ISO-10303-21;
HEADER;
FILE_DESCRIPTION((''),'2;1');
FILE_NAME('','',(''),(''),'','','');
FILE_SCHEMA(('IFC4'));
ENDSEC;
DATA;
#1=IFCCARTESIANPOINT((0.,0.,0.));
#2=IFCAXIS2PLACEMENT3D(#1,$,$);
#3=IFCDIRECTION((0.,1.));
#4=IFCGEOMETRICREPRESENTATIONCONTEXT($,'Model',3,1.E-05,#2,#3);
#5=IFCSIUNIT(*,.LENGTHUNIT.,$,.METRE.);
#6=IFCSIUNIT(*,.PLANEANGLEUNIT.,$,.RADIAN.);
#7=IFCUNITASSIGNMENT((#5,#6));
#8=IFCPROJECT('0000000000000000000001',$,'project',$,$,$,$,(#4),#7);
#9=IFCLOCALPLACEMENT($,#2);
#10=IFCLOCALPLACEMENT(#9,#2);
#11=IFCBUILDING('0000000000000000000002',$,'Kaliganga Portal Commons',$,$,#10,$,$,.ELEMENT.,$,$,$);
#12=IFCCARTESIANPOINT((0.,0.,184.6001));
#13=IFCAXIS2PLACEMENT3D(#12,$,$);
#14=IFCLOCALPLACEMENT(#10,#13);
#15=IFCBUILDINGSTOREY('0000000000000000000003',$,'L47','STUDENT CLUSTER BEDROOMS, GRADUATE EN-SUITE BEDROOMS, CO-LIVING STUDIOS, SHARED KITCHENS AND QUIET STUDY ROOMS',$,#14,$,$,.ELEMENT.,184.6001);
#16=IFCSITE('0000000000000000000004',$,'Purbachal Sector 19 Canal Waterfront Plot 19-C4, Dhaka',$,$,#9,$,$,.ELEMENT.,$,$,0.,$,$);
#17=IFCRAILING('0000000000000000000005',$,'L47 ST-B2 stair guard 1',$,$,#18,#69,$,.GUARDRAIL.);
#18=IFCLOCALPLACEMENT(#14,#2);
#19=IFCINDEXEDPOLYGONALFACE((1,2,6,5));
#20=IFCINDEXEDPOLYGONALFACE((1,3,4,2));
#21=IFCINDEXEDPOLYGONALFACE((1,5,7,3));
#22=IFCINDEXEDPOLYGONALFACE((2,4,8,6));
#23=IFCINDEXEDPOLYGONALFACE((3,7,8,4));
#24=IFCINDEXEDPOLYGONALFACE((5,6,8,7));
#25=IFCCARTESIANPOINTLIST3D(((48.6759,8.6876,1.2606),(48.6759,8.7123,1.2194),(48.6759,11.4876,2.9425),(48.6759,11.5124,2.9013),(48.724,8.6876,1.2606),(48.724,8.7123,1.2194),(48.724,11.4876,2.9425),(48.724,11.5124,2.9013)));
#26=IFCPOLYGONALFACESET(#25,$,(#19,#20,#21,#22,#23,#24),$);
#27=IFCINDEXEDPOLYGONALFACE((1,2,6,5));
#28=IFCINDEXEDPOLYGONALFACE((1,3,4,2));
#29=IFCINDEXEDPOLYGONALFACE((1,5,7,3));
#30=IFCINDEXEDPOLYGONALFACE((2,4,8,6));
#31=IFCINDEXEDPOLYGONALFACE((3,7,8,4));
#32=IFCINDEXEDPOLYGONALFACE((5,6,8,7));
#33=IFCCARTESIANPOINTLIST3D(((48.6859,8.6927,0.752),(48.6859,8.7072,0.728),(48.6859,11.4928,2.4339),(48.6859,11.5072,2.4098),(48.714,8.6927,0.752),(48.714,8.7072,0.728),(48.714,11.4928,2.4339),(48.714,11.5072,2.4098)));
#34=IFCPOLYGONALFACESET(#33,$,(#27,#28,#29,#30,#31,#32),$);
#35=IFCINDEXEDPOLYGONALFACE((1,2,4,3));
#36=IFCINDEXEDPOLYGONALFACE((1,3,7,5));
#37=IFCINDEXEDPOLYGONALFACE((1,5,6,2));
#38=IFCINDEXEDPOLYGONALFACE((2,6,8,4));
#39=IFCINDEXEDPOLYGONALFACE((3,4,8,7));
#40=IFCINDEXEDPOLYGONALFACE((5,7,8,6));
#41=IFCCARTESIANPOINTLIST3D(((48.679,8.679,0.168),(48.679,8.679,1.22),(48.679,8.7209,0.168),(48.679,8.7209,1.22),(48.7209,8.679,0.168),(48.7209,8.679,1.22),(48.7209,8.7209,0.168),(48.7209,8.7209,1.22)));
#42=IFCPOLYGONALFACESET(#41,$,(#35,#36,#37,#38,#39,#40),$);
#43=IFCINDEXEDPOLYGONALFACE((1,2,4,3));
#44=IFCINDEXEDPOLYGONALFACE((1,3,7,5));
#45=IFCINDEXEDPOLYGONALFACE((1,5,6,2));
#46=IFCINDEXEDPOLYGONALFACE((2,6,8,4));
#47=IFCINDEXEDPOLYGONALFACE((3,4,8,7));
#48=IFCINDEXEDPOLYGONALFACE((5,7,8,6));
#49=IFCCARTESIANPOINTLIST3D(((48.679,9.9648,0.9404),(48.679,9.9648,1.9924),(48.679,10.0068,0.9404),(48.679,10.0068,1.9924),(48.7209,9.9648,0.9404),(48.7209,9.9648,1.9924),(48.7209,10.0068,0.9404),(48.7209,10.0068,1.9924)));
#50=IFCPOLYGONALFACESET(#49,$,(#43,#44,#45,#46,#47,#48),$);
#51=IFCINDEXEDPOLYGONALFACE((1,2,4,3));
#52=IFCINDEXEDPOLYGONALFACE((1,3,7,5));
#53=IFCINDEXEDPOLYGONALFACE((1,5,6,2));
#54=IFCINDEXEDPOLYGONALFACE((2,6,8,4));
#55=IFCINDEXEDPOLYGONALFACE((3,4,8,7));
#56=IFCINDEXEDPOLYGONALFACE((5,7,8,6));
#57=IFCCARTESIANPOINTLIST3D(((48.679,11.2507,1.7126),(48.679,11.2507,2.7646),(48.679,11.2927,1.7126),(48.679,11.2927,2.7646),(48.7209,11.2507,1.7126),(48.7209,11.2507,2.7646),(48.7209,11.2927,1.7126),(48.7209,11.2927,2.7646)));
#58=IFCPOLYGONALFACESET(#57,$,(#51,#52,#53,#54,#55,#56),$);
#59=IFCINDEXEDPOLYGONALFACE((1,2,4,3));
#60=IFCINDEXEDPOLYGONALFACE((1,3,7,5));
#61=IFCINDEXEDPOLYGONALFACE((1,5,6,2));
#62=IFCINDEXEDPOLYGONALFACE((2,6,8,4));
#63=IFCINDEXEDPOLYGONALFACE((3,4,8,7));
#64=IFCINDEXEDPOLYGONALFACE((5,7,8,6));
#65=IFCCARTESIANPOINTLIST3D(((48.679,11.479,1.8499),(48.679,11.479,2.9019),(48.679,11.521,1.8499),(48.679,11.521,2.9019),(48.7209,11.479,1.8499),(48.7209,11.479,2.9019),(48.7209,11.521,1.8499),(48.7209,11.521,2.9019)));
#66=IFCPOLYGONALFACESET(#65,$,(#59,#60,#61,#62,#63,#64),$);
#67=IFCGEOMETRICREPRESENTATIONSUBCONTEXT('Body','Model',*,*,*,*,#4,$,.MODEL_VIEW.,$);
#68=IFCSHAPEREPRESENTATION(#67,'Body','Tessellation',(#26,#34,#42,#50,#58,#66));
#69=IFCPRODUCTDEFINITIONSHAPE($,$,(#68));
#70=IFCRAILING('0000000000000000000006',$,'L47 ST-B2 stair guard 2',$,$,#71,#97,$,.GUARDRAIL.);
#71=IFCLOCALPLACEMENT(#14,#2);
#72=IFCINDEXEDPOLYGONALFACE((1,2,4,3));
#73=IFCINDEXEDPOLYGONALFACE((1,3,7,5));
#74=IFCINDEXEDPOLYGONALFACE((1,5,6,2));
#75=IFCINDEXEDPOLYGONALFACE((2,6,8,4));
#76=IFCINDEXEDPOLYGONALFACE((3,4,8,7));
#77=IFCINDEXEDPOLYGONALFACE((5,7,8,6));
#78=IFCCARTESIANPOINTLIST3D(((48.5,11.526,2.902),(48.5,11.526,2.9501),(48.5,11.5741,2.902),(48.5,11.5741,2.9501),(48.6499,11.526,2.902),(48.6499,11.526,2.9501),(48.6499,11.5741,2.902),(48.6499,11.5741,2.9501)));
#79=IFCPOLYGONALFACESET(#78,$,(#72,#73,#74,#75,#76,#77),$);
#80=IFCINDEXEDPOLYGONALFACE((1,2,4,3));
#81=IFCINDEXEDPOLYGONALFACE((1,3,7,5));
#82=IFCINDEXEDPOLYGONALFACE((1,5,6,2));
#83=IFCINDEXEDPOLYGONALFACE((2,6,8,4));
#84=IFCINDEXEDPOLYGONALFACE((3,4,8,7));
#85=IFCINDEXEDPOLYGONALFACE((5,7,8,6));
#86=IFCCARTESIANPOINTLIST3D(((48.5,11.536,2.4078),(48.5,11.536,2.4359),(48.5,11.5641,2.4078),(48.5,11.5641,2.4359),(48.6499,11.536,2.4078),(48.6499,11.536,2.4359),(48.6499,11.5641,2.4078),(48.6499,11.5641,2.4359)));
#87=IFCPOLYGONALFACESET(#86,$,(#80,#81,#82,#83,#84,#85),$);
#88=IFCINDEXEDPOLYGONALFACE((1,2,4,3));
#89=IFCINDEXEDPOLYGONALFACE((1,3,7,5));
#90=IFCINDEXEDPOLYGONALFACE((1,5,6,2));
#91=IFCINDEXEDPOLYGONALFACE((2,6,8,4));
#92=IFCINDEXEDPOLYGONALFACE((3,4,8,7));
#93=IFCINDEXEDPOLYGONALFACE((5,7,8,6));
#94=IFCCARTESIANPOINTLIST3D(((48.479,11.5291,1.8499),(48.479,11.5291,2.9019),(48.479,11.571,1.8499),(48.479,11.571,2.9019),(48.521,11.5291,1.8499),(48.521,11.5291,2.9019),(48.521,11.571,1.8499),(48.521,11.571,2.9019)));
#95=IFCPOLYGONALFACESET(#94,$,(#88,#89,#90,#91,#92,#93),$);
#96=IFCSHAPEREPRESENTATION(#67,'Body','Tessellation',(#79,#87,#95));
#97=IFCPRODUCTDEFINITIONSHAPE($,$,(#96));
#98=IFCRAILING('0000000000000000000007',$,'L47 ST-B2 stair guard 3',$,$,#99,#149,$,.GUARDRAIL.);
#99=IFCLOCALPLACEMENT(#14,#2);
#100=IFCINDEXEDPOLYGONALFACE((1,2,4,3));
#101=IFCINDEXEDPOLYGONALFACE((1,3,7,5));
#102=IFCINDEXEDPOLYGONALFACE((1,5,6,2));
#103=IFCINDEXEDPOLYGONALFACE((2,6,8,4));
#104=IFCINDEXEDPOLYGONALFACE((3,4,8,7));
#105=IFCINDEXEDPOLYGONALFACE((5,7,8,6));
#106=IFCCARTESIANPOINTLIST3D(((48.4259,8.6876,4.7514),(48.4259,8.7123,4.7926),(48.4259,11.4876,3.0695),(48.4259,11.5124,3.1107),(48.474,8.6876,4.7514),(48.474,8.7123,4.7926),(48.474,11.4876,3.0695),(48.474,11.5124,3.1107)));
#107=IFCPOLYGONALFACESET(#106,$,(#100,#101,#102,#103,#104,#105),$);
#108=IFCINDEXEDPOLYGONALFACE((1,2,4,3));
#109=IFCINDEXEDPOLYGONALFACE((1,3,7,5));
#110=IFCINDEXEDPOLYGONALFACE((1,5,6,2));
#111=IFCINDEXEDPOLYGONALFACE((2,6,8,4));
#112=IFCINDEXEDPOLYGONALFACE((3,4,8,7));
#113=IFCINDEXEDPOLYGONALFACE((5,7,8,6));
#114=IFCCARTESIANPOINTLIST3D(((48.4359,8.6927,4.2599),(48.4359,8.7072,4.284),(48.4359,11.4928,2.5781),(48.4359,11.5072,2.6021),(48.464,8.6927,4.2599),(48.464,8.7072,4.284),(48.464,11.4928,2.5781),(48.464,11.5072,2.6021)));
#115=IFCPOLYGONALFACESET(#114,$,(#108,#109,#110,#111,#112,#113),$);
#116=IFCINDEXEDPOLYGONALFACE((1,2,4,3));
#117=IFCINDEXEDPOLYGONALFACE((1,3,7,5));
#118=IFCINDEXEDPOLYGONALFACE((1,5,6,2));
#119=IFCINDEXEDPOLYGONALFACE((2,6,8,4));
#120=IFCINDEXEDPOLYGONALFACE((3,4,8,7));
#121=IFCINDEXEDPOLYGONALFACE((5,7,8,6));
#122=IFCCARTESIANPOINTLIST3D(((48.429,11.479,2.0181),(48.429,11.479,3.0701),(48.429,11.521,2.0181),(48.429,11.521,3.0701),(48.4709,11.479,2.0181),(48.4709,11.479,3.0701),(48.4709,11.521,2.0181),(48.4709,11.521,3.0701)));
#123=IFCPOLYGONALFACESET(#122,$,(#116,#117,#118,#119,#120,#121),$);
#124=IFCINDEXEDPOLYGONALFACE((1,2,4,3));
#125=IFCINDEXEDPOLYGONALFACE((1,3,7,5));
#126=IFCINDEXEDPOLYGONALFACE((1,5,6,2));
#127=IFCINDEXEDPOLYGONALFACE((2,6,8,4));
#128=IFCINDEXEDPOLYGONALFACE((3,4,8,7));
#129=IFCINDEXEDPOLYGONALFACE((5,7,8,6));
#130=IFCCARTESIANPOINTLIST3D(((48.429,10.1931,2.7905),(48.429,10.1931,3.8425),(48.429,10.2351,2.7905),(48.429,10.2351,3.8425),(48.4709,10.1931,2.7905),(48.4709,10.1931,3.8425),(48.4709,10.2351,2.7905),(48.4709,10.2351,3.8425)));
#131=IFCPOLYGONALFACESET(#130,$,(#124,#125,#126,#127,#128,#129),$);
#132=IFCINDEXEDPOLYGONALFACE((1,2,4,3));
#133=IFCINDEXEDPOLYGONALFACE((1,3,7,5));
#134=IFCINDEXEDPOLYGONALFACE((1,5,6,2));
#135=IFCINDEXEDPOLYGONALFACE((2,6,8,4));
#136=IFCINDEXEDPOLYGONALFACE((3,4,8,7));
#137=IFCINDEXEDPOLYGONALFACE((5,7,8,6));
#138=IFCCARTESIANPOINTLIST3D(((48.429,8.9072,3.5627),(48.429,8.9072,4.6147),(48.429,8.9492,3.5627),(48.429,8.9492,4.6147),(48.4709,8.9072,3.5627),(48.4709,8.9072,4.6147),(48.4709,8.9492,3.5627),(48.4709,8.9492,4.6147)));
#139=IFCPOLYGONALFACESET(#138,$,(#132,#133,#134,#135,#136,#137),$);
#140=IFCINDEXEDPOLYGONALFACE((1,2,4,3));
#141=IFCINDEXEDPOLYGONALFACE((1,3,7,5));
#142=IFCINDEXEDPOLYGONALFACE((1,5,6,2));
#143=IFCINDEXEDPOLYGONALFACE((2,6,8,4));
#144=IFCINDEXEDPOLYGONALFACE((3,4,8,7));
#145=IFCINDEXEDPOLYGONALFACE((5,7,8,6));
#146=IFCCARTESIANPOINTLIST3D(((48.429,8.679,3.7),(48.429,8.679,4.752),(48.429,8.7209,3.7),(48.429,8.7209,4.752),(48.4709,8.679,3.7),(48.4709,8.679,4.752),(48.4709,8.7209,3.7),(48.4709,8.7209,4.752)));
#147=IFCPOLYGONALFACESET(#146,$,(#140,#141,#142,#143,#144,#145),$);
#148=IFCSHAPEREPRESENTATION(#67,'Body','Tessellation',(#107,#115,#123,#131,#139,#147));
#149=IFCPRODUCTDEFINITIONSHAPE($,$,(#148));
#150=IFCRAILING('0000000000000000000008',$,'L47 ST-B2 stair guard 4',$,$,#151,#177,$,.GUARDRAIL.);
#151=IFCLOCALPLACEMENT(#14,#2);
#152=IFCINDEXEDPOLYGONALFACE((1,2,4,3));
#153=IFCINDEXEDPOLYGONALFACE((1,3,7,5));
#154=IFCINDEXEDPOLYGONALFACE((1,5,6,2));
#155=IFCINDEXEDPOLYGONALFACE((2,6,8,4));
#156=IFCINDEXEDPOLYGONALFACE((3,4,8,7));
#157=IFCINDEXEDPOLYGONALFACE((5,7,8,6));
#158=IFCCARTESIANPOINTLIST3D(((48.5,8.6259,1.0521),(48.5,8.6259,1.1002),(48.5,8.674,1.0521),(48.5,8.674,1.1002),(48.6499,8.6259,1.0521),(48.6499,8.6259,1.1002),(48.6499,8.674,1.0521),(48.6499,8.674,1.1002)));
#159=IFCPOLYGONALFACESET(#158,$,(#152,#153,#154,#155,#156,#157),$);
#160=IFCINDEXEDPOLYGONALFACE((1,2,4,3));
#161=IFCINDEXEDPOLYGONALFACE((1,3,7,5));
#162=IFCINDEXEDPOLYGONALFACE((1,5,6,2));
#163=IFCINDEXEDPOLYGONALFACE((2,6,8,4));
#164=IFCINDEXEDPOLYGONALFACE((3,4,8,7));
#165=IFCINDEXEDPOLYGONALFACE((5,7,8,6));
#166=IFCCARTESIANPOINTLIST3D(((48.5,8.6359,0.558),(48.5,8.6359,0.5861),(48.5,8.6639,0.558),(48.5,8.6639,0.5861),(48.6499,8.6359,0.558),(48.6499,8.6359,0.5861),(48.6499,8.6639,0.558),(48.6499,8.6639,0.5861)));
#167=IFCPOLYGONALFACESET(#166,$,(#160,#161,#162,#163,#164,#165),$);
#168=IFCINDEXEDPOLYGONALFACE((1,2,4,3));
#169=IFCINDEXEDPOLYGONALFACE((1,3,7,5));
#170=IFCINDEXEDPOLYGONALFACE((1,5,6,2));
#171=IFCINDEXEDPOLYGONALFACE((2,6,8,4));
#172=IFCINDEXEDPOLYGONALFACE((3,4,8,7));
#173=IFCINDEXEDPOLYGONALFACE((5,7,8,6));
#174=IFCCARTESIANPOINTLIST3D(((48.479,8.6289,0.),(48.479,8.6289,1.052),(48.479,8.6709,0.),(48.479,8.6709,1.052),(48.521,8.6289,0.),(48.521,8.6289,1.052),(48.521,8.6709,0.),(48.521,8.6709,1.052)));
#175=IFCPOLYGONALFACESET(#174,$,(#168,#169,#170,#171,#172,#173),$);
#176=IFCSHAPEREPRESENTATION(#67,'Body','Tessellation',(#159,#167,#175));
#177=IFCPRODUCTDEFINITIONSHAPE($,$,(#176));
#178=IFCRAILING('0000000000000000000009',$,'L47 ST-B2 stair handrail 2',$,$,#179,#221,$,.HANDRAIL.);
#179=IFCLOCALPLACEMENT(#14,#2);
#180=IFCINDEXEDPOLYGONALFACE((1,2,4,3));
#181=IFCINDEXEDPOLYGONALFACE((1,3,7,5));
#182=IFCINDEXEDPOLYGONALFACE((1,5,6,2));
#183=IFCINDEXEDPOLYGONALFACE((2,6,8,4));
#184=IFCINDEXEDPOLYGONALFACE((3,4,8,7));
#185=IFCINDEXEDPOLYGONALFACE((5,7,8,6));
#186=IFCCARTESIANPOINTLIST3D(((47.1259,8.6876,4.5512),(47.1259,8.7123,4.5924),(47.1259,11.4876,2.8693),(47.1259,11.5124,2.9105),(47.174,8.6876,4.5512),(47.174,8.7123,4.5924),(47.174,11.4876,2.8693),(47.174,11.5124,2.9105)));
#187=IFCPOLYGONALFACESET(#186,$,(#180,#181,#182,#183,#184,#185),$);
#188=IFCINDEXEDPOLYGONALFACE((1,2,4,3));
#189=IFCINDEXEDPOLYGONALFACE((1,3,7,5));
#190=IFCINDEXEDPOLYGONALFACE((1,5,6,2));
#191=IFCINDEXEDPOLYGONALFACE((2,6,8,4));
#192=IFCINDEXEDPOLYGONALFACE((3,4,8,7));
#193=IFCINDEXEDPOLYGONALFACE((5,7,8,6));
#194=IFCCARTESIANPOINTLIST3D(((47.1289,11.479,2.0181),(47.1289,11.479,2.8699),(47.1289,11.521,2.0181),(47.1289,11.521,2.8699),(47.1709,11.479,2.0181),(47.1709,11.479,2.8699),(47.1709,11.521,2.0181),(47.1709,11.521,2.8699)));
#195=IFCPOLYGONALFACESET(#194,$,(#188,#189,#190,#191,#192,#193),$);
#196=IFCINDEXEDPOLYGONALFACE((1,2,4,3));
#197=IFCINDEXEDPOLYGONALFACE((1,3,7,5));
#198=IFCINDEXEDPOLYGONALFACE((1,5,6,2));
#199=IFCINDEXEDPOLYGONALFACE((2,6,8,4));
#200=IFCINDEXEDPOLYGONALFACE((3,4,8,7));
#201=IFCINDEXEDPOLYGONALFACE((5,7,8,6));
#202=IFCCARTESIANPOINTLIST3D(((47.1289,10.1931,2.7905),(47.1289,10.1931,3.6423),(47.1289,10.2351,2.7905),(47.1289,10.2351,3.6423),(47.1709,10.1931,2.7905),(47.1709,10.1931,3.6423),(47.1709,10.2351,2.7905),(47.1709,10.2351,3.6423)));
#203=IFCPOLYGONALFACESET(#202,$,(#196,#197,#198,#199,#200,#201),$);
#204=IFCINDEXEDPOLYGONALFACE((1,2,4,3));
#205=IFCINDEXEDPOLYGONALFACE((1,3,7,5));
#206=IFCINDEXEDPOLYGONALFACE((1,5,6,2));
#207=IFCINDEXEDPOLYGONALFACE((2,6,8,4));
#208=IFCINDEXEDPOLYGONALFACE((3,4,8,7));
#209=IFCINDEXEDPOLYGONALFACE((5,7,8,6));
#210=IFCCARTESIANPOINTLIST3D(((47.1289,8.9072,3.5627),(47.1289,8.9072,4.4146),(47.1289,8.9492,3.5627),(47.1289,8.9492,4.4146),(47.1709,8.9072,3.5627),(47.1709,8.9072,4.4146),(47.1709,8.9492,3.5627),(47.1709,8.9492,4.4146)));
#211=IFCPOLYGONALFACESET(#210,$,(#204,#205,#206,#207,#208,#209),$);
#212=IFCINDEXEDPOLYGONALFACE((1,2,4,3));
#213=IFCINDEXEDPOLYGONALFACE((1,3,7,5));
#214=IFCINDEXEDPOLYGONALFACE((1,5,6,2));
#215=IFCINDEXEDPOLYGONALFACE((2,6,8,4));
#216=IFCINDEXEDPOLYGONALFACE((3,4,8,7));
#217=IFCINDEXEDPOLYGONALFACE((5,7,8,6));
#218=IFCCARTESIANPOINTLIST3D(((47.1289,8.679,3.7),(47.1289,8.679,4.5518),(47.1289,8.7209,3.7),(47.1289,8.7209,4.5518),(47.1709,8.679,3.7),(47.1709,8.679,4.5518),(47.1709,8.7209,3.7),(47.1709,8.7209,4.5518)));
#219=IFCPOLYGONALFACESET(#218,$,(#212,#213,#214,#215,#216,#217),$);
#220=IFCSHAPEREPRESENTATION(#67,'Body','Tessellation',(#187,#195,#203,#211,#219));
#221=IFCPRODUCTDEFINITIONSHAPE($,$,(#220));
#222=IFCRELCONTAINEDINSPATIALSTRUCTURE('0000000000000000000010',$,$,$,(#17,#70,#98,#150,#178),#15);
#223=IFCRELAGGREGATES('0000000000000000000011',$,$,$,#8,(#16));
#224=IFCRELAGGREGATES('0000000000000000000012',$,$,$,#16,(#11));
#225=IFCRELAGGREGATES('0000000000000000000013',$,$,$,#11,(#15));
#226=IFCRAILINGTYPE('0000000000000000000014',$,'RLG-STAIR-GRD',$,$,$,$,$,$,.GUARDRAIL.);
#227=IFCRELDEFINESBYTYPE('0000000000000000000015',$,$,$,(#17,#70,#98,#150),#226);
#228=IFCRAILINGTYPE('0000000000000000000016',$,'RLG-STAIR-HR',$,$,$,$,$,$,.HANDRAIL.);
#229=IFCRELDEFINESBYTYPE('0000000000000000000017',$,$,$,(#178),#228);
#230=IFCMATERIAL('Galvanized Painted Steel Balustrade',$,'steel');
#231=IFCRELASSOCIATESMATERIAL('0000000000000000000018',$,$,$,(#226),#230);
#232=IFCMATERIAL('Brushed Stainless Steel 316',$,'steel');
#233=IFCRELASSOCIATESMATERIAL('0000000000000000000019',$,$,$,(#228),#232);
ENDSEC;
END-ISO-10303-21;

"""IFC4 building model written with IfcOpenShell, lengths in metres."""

from ifc_helpers import new_model, si_unit, direction, frame, origin, origin_2d, place, context, subcontext, project, spatial, rectangle, extrude, material, type_object, element, save


model = new_model("IFC4")

# Units and contexts
model_context = context("Model", 3, precision=1e-05, world=origin(), true_north=direction((0.0, 1.0)))
body_context = subcontext(model_context, "Body", "Model", "MODEL_VIEW")
ifc_project = project(units=[si_unit("LENGTHUNIT", "METRE"), si_unit("PLANEANGLEUNIT", "RADIAN")], contexts=[model_context])

# Site, building, storey
site_placement = place(None, origin())
site = spatial("IfcSite", under=ifc_project, at=site_placement, Name="Purbachal Sector 19 Canal Waterfront Plot 19-C4, Dhaka", CompositionType="ELEMENT", RefElevation=0.0)
building_placement = place(site_placement, origin())
building = spatial("IfcBuilding", under=site, at=building_placement, Name="Kaliganga Portal Commons", CompositionType="ELEMENT")
storey_placement = place(building_placement, frame((0.0, 0.0, 184.6001)))
storey = spatial("IfcBuildingStorey", under=building, at=storey_placement, Name="L47", Description="STUDENT CLUSTER BEDROOMS, GRADUATE EN-SUITE BEDROOMS, CO-LIVING STUDIOS, SHARED KITCHENS AND QUIET STUDY ROOMS", CompositionType="ELEMENT", Elevation=184.6001)

# Railings
ifc_material_1 = material(Name="Galvanized Painted Steel Balustrade", Category="steel")
railing_type_1 = type_object("IfcRailingType", Name="RLG-STAIR-GRD", PredefinedType="GUARDRAIL", material=ifc_material_1)
railing_1_placement = place(storey_placement, frame((48.7, 8.7, 0.168)))
element("IfcRailing", 1, at=railing_1_placement, inside=storey, type_object=railing_type_1, Name="L47 ST-B2 stair guard 1", PredefinedType="GUARDRAIL", context=body_context, shape_type="SweptSolid", body=[
    extrude(rectangle(XDim=0.0481, YDim=0.0481, at=origin_2d()), frame((0.0, 0.0, 1.072), z_axis=(0.0, 0.857242, 0.514913), x_axis=(-1.0, 0.0, 0.0)), (0.0, 0.0, 1.0), 3.2664),
    extrude(rectangle(XDim=0.0281, YDim=0.0281, at=origin_2d()), frame((0.0, 0.0, 0.572), z_axis=(0.0, 0.857242, 0.514913), x_axis=(-1.0, 0.0, 0.0)), (0.0, 0.0, 1.0), 3.2664),
    extrude(rectangle(XDim=0.042, YDim=0.042, at=origin_2d()), origin(), (0.0, 0.0, 1.0), 1.052),
    extrude(rectangle(XDim=0.042, YDim=0.042, at=origin_2d()), frame((0.0, 1.2859, 0.7725)), (0.0, 0.0, 1.0), 1.052),
    extrude(rectangle(XDim=0.042, YDim=0.042, at=origin_2d()), frame((0.0, 2.5718, 1.5447)), (0.0, 0.0, 1.0), 1.052),
    extrude(rectangle(XDim=0.042, YDim=0.042, at=origin_2d()), frame((0.0, 2.8, 1.6819)), (0.0, 0.0, 1.0), 1.052),
])
railing_2_placement = place(storey_placement, frame((48.6499, 11.55, 1.8499)))
element("IfcRailing", 2, at=railing_2_placement, inside=storey, type_object=railing_type_1, Name="L47 ST-B2 stair guard 2", PredefinedType="GUARDRAIL", context=body_context, shape_type="SweptSolid", body=[
    extrude(rectangle(XDim=0.0481, YDim=0.0481, at=origin_2d()), frame((0.0, 0.0, 1.0762), z_axis=(-1.0, 0.0, 0.0), x_axis=(0.0, -1.0, 0.0)), (0.0, 0.0, 1.0), 0.1499),
    extrude(rectangle(XDim=0.0281, YDim=0.0281, at=origin_2d()), frame((0.0, 0.0, 0.572), z_axis=(-1.0, 0.0, 0.0), x_axis=(0.0, -1.0, 0.0)), (0.0, 0.0, 1.0), 0.1499),
    extrude(rectangle(XDim=0.042, YDim=0.042, at=origin_2d()), frame((-0.1499, 0.0, 0.0)), (0.0, 0.0, 1.0), 1.052),
])
railing_3_placement = place(storey_placement, frame((48.45, 11.5, 2.0181)))
element("IfcRailing", 3, at=railing_3_placement, inside=storey, type_object=railing_type_1, Name="L47 ST-B2 stair guard 3", PredefinedType="GUARDRAIL", context=body_context, shape_type="SweptSolid", body=[
    extrude(rectangle(XDim=0.0481, YDim=0.0481, at=origin_2d()), frame((0.0, 0.0, 1.072), z_axis=(0.0, -0.857242, 0.514913), x_axis=(1.0, 0.0, 0.0)), (0.0, 0.0, 1.0), 3.2664),
    extrude(rectangle(XDim=0.0281, YDim=0.0281, at=origin_2d()), frame((0.0, 0.0, 0.572), z_axis=(0.0, -0.857242, 0.514913), x_axis=(1.0, 0.0, 0.0)), (0.0, 0.0, 1.0), 3.2664),
    extrude(rectangle(XDim=0.042, YDim=0.042, at=origin_2d()), origin(), (0.0, 0.0, 1.0), 1.052),
    extrude(rectangle(XDim=0.042, YDim=0.042, at=origin_2d()), frame((0.0, -1.2859, 0.7725)), (0.0, 0.0, 1.0), 1.052),
    extrude(rectangle(XDim=0.042, YDim=0.042, at=origin_2d()), frame((0.0, -2.5718, 1.5447)), (0.0, 0.0, 1.0), 1.052),
    extrude(rectangle(XDim=0.042, YDim=0.042, at=origin_2d()), frame((0.0, -2.8, 1.6819)), (0.0, 0.0, 1.0), 1.052),
])
railing_4_placement = place(storey_placement, frame((48.6499, 8.6499, 0.0)))
element("IfcRailing", 4, at=railing_4_placement, inside=storey, type_object=railing_type_1, Name="L47 ST-B2 stair guard 4", PredefinedType="GUARDRAIL", context=body_context, shape_type="SweptSolid", body=[
    extrude(rectangle(XDim=0.0481, YDim=0.0481, at=origin_2d()), frame((0.0, 0.0, 1.0762), z_axis=(-1.0, 0.0, 0.0), x_axis=(0.0, -1.0, 0.0)), (0.0, 0.0, 1.0), 0.1499),
    extrude(rectangle(XDim=0.0281, YDim=0.0281, at=origin_2d()), frame((0.0, 0.0, 0.572), z_axis=(-1.0, 0.0, 0.0), x_axis=(0.0, -1.0, 0.0)), (0.0, 0.0, 1.0), 0.1499),
    extrude(rectangle(XDim=0.042, YDim=0.042, at=origin_2d()), frame((-0.1499, 0.0, 0.0)), (0.0, 0.0, 1.0), 1.052),
])
ifc_material_2 = material(Name="Brushed Stainless Steel 316", Category="steel")
railing_type_2 = type_object("IfcRailingType", Name="RLG-STAIR-HR", PredefinedType="HANDRAIL", material=ifc_material_2)
railing_5_placement = place(storey_placement, frame((47.1499, 11.5, 2.0181)))
element("IfcRailing", 5, at=railing_5_placement, inside=storey, type_object=railing_type_2, Name="L47 ST-B2 stair handrail 2", PredefinedType="HANDRAIL", context=body_context, shape_type="SweptSolid", body=[
    extrude(rectangle(XDim=0.0481, YDim=0.0481, at=origin_2d()), frame((0.0, 0.0, 0.8718), z_axis=(0.0, -0.857242, 0.514913), x_axis=(1.0, 0.0, 0.0)), (0.0, 0.0, 1.0), 3.2664),
    extrude(rectangle(XDim=0.042, YDim=0.042, at=origin_2d()), origin(), (0.0, 0.0, 1.0), 0.8518),
    extrude(rectangle(XDim=0.042, YDim=0.042, at=origin_2d()), frame((0.0, -1.2859, 0.7725)), (0.0, 0.0, 1.0), 0.8518),
    extrude(rectangle(XDim=0.042, YDim=0.042, at=origin_2d()), frame((0.0, -2.5718, 1.5447)), (0.0, 0.0, 1.0), 0.8518),
    extrude(rectangle(XDim=0.042, YDim=0.042, at=origin_2d()), frame((0.0, -2.8, 1.6819)), (0.0, 0.0, 1.0), 0.8518),
])

save(model, "model.ifc")
